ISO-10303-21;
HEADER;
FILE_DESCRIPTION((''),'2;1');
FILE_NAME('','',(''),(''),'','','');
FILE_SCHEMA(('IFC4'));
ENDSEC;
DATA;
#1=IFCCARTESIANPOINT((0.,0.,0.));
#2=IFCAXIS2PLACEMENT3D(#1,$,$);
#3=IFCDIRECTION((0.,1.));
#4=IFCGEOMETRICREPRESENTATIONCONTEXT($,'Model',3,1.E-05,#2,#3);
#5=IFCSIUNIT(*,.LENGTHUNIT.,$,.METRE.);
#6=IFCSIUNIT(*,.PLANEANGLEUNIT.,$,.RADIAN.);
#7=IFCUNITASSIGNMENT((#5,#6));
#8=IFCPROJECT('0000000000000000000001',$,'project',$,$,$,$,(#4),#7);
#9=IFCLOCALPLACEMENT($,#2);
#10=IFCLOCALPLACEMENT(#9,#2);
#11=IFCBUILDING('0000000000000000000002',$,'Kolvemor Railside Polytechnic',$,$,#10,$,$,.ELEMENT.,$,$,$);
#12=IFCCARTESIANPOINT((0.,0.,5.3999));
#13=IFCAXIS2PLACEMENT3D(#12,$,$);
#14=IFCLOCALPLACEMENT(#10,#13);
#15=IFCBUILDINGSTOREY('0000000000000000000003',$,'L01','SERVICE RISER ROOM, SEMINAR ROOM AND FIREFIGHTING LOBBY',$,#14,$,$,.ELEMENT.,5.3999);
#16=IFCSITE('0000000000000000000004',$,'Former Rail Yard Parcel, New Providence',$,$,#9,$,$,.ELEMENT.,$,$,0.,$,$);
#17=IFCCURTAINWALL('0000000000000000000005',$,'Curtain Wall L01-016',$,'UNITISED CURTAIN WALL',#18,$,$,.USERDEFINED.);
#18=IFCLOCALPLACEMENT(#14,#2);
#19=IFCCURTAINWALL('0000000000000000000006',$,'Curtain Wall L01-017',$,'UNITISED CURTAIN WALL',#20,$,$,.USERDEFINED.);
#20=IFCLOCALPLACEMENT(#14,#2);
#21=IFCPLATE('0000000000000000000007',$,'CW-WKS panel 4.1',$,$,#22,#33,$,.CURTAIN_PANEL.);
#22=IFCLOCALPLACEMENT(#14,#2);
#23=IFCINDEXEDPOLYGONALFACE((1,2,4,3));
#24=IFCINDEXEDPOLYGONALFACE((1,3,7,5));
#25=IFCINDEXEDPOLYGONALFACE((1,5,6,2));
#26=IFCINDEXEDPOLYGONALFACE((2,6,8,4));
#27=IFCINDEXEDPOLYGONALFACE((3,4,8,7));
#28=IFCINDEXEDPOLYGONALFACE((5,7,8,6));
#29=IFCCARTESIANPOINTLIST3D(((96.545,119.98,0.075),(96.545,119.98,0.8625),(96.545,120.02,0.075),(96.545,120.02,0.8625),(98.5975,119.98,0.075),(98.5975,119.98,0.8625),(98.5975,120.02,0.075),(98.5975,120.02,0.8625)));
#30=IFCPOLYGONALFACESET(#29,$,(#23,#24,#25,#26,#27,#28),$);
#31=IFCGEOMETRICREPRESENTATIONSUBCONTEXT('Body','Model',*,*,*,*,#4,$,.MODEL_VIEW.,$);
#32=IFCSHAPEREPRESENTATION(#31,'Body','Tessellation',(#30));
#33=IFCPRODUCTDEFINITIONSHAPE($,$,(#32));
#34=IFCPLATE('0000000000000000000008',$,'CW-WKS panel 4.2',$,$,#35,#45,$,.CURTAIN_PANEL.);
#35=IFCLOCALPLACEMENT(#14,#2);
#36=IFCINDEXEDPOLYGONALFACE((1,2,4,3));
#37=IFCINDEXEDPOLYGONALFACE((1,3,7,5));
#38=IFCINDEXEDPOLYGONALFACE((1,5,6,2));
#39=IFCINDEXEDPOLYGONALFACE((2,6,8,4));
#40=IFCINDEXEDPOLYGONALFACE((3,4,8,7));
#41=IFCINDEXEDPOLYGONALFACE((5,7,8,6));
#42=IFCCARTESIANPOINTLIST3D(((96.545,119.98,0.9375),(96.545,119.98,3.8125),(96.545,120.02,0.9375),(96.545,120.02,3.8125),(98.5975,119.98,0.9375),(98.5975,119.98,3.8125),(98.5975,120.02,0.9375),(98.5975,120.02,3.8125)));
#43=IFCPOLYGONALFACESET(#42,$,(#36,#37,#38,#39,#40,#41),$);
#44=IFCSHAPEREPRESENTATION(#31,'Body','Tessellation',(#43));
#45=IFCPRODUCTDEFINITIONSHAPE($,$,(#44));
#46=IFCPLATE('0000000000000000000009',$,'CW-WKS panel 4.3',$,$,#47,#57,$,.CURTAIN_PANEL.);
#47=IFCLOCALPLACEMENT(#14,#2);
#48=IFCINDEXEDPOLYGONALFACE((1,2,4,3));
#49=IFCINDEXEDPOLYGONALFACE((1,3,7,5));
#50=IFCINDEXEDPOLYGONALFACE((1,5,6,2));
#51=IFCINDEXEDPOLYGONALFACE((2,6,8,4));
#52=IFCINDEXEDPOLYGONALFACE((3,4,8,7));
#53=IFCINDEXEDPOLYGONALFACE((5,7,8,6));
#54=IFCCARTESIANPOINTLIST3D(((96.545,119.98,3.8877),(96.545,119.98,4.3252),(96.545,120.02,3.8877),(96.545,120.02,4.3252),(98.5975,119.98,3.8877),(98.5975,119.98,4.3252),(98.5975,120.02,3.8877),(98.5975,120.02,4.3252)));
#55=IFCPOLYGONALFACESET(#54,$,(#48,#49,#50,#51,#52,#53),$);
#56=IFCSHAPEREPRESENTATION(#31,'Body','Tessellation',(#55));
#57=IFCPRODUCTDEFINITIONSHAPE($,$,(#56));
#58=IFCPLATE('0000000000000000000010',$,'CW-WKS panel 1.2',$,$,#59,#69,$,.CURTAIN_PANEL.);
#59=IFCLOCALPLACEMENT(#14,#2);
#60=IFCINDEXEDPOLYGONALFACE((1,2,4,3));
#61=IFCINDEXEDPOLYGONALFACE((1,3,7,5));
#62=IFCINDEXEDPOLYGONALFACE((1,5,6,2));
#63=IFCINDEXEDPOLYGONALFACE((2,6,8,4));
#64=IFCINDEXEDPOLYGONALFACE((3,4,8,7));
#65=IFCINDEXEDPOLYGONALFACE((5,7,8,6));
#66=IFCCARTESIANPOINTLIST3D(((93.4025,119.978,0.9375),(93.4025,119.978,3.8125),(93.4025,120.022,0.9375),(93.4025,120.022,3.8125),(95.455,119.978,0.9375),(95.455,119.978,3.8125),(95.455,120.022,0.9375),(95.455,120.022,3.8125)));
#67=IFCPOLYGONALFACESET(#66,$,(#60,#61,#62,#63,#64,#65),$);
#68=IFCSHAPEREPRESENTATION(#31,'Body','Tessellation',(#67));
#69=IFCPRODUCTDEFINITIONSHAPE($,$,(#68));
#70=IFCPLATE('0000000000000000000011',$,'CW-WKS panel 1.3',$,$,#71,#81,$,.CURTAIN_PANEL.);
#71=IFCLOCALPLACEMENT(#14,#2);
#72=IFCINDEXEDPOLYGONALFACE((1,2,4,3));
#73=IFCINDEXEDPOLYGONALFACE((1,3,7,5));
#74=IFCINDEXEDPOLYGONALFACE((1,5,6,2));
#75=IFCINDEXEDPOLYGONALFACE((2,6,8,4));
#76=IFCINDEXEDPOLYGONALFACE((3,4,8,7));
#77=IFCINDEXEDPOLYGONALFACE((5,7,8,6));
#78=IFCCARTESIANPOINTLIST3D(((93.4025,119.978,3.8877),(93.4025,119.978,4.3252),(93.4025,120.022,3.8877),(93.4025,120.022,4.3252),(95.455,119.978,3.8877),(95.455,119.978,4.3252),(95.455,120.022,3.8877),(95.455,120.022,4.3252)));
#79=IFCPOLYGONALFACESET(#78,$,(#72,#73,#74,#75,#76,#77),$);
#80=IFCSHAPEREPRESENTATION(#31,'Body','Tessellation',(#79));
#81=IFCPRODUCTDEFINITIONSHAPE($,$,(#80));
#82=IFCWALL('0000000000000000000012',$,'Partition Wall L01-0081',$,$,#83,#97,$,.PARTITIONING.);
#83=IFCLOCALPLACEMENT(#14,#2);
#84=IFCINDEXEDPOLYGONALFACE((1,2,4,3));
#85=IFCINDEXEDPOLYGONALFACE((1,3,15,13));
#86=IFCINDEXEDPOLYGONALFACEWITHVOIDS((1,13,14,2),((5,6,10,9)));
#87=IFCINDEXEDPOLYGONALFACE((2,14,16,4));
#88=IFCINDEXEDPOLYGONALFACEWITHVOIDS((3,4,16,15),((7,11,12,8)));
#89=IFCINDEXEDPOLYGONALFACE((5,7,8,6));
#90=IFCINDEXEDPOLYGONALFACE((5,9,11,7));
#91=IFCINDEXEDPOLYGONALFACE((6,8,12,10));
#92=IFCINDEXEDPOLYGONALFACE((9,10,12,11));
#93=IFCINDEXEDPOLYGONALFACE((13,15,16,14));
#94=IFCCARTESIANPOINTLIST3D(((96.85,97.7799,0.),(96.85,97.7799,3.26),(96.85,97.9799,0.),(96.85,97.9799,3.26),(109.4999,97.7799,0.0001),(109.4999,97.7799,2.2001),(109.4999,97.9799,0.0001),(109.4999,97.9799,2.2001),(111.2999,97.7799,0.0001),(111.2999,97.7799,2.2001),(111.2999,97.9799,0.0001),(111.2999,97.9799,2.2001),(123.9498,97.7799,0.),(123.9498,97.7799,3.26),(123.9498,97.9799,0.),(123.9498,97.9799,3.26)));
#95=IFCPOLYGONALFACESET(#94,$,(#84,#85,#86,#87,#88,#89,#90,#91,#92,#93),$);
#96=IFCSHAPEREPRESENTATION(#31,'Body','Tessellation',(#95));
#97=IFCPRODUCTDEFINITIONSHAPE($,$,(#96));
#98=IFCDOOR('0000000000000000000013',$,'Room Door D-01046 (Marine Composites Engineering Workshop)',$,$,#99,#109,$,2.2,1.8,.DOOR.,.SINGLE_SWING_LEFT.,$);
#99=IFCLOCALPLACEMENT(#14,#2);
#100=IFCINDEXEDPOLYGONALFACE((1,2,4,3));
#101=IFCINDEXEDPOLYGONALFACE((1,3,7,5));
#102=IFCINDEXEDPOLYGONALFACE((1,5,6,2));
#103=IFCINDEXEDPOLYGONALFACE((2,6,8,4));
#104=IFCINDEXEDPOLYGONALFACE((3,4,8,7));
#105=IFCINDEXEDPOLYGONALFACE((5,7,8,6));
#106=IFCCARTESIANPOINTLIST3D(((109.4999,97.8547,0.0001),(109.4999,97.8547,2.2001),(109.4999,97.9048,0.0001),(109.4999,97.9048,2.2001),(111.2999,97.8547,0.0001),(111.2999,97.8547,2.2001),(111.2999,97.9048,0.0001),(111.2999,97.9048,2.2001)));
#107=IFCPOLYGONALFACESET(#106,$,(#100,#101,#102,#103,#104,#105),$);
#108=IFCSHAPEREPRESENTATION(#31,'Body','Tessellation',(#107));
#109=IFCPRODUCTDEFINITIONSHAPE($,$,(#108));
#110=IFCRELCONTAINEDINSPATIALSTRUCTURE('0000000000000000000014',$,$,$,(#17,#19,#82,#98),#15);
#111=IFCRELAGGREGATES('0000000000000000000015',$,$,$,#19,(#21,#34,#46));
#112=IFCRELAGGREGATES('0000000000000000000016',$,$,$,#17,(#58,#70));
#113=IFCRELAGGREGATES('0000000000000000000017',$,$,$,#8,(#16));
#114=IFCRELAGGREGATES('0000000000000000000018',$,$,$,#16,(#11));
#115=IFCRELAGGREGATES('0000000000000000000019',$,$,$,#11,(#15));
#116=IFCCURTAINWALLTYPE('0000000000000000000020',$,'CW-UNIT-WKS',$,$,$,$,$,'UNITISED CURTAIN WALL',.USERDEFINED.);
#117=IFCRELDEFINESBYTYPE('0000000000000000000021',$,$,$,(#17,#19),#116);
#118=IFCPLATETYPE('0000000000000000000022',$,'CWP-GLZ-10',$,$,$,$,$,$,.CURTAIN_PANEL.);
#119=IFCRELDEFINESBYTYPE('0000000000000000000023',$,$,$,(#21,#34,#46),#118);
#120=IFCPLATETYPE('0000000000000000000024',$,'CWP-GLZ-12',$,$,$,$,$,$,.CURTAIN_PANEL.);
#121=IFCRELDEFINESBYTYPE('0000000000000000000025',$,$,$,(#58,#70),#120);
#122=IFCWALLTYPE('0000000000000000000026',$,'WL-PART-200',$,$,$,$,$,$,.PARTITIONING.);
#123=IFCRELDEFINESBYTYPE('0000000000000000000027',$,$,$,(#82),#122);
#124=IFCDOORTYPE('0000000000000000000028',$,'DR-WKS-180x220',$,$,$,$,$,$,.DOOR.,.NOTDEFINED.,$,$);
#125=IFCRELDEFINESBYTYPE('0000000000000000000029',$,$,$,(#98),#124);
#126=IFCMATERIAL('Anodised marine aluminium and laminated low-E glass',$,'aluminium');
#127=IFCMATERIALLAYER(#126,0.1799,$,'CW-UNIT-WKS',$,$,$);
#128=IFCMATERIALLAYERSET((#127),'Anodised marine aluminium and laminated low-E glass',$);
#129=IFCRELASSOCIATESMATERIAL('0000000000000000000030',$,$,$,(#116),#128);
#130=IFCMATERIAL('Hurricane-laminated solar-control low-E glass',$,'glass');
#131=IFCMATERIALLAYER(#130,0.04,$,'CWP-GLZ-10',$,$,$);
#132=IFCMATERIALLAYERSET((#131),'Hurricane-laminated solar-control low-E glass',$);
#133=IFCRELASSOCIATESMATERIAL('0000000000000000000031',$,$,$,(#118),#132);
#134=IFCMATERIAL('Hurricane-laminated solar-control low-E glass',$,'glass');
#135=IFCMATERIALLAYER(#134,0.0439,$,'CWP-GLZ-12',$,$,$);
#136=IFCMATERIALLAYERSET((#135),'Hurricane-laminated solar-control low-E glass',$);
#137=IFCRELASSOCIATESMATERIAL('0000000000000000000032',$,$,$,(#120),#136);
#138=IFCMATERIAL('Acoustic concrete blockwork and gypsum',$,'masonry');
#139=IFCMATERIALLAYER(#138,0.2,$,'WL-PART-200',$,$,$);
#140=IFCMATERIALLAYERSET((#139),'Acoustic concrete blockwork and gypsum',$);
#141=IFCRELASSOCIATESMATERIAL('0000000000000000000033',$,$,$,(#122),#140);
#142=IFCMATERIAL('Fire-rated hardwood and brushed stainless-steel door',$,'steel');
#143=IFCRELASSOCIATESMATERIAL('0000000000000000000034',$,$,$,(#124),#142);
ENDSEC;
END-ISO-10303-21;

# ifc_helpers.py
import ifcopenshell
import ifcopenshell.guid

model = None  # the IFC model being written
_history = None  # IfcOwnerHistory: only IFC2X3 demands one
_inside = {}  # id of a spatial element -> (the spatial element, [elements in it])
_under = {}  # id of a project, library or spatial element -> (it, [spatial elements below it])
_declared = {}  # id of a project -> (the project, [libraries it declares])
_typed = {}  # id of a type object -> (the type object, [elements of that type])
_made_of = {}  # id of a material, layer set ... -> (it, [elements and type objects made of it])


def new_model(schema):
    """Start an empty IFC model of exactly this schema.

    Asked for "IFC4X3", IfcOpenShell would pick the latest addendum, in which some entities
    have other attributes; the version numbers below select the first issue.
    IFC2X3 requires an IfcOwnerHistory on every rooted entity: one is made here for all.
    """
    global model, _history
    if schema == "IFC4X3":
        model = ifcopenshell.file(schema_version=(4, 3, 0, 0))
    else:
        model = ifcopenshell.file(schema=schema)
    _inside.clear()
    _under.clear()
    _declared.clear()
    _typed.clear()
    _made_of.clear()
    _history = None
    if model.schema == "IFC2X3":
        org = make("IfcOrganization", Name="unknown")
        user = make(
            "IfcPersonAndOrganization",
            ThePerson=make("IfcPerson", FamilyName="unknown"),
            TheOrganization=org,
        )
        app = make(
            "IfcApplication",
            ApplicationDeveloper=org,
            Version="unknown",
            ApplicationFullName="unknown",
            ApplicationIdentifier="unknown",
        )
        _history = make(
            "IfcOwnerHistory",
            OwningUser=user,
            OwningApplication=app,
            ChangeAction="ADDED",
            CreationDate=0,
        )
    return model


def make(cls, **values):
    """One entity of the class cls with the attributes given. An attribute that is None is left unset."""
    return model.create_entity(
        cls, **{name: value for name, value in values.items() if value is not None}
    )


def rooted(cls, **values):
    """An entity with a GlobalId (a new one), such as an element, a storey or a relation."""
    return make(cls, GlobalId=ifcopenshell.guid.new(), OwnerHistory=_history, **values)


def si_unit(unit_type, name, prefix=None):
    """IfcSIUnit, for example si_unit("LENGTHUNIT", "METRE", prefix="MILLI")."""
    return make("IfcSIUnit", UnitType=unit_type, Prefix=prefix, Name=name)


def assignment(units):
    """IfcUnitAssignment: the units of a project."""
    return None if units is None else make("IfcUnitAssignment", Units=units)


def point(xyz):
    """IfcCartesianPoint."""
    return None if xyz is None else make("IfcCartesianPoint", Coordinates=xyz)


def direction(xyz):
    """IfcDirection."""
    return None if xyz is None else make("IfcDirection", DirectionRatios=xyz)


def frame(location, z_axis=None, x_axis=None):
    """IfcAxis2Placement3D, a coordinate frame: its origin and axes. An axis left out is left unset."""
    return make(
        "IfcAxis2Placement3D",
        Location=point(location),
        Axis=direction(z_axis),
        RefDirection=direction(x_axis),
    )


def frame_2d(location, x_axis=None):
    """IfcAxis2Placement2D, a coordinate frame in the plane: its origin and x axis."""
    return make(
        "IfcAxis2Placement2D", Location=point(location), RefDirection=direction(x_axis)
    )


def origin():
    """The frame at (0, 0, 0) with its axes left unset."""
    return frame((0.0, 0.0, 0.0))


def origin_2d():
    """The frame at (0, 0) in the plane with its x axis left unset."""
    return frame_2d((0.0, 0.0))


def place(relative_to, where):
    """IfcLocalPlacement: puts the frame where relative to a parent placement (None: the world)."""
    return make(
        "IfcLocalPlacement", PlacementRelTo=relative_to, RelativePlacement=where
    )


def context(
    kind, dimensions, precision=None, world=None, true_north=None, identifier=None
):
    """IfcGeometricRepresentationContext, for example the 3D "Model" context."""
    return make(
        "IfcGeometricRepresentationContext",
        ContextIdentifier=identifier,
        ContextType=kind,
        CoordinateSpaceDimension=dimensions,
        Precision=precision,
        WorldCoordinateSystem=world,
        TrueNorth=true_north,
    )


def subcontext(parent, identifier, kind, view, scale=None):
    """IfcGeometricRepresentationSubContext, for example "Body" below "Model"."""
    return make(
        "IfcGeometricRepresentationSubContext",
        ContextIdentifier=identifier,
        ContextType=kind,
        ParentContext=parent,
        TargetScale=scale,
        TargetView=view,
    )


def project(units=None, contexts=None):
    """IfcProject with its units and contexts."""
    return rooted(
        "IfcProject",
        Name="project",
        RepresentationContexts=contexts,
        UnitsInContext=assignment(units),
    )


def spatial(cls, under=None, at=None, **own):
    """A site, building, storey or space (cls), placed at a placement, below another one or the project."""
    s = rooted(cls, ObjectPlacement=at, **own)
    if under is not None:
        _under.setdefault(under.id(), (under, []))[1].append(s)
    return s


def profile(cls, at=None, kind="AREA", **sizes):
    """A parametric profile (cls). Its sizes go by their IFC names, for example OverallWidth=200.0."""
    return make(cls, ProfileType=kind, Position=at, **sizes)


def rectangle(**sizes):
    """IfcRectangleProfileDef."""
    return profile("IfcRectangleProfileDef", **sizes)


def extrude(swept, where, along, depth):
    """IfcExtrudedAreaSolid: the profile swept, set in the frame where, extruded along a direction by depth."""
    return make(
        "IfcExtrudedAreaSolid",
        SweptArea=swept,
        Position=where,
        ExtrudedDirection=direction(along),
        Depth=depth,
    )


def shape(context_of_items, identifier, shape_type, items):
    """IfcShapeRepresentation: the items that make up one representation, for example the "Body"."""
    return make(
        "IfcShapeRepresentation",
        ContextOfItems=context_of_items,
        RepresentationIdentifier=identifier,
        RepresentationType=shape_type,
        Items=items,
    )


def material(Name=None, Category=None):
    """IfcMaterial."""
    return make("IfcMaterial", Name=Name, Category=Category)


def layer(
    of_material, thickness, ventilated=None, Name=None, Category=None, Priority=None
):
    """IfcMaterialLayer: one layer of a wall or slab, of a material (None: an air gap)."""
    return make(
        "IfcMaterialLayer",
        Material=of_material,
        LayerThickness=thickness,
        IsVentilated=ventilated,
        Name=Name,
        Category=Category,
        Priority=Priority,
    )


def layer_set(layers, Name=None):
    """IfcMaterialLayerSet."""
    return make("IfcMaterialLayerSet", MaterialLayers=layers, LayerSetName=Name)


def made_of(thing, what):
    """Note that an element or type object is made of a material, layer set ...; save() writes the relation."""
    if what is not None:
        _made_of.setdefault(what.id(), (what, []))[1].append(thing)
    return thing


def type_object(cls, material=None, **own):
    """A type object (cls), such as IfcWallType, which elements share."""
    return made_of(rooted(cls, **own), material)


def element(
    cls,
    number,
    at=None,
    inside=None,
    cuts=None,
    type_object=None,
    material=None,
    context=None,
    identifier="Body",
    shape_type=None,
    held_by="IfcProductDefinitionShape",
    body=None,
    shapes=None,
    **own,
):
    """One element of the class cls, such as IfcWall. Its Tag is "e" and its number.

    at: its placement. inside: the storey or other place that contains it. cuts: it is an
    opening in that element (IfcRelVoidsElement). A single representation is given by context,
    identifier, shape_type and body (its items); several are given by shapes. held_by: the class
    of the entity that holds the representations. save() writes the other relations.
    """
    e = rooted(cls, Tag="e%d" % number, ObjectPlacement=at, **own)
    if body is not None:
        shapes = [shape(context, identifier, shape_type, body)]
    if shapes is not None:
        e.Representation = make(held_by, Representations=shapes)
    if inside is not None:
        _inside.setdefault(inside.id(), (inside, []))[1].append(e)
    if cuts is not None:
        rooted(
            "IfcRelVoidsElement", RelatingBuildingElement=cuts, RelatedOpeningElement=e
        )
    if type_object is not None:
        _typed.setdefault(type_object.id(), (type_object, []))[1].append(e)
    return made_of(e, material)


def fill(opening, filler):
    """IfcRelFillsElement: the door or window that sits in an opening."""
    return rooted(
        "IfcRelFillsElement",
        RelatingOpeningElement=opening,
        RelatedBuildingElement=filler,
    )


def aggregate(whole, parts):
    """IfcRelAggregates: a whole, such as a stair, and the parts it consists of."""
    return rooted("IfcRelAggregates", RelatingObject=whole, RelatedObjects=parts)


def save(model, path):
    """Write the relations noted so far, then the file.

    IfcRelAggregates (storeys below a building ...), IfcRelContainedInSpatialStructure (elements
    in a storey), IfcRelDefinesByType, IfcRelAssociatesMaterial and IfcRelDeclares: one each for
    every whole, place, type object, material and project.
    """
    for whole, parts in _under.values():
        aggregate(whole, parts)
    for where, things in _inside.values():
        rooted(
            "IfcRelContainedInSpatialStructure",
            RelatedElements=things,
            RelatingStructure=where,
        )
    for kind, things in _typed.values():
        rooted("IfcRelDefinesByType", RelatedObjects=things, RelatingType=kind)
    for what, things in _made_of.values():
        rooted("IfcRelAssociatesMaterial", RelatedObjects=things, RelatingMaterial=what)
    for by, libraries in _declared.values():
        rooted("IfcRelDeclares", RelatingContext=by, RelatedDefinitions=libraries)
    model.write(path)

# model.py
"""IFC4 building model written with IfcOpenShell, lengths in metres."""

from ifc_helpers import new_model, si_unit, direction, frame, frame_2d, origin, origin_2d, place, context, subcontext, project, spatial, rectangle, extrude, material, layer, layer_set, type_object, element, fill, aggregate, save


model = new_model("IFC4")

# Units and contexts
model_context = context("Model", 3, precision=1e-05, world=origin(), true_north=direction((0.0, 1.0)))
body_context = subcontext(model_context, "Body", "Model", "MODEL_VIEW")
ifc_project = project(units=[si_unit("LENGTHUNIT", "METRE"), si_unit("PLANEANGLEUNIT", "RADIAN")], contexts=[model_context])

# Site, building, storey
site_placement = place(None, origin())
site = spatial("IfcSite", under=ifc_project, at=site_placement, Name="Former Rail Yard Parcel, New Providence", CompositionType="ELEMENT", RefElevation=0.0)
building_placement = place(site_placement, origin())
building = spatial("IfcBuilding", under=site, at=building_placement, Name="Kolvemor Railside Polytechnic", CompositionType="ELEMENT")
storey_placement = place(building_placement, frame((0.0, 0.0, 5.3999)))
storey = spatial("IfcBuildingStorey", under=building, at=storey_placement, Name="L01", Description="SERVICE RISER ROOM, SEMINAR ROOM AND FIREFIGHTING LOBBY", CompositionType="ELEMENT", Elevation=5.3999)

# Curtain wall
ifc_material_1 = material(Name="Anodised marine aluminium and laminated low-E glass", Category="aluminium")
ifc_layer_1 = layer(ifc_material_1, 0.1799, Name="CW-UNIT-WKS")
ifc_layer_set_1 = layer_set([ifc_layer_1], Name="Anodised marine aluminium and laminated low-E glass")
curtain_wall_type = type_object("IfcCurtainWallType", Name="CW-UNIT-WKS", ElementType="UNITISED CURTAIN WALL", PredefinedType="USERDEFINED", material=ifc_layer_set_1)
curtain_wall_1_placement = place(storey_placement, origin())
curtain_wall_1 = element("IfcCurtainWall", 1, at=curtain_wall_1_placement, inside=storey, type_object=curtain_wall_type, Name="Curtain Wall L01-016", ObjectType="UNITISED CURTAIN WALL", PredefinedType="USERDEFINED")

# Curtain wall
curtain_wall_2_placement = place(storey_placement, origin())
curtain_wall_2 = element("IfcCurtainWall", 2, at=curtain_wall_2_placement, inside=storey, type_object=curtain_wall_type, Name="Curtain Wall L01-017", ObjectType="UNITISED CURTAIN WALL", PredefinedType="USERDEFINED")

# Plates
ifc_material_2 = material(Name="Hurricane-laminated solar-control low-E glass", Category="glass")
ifc_layer_2 = layer(ifc_material_2, 0.04, Name="CWP-GLZ-10")
ifc_layer_set_2 = layer_set([ifc_layer_2], Name="Hurricane-laminated solar-control low-E glass")
plate_type_1 = type_object("IfcPlateType", Name="CWP-GLZ-10", PredefinedType="CURTAIN_PANEL", material=ifc_layer_set_2)
plate_1_placement = place(storey_placement, frame((97.5713, 120.0, 0.075), z_axis=(0.0, 0.0, 1.0), x_axis=(-1.0, 0.0, 0.0)))
plate_1 = element("IfcPlate", 3, at=plate_1_placement, type_object=plate_type_1, Name="CW-WKS panel 4.1", PredefinedType="CURTAIN_PANEL", context=body_context, shape_type="SweptSolid", body=[
    extrude(rectangle(XDim=2.0525, YDim=0.04, at=origin_2d()), origin(), (0.0, 0.0, 1.0), 0.7876),
])
plate_2_placement = place(storey_placement, frame((97.5713, 120.0, 0.9375), z_axis=(0.0, 0.0, 1.0), x_axis=(-1.0, 0.0, 0.0)))
plate_2 = element("IfcPlate", 4, at=plate_2_placement, type_object=plate_type_1, Name="CW-WKS panel 4.2", PredefinedType="CURTAIN_PANEL", context=body_context, shape_type="SweptSolid", body=[
    extrude(rectangle(XDim=2.0525, YDim=0.04, at=origin_2d()), origin(), (0.0, 0.0, 1.0), 2.875),
])
plate_3_placement = place(storey_placement, frame((97.5713, 120.0, 3.8877), z_axis=(0.0, 0.0, 1.0), x_axis=(-1.0, 0.0, 0.0)))
plate_3 = element("IfcPlate", 5, at=plate_3_placement, type_object=plate_type_1, Name="CW-WKS panel 4.3", PredefinedType="CURTAIN_PANEL", context=body_context, shape_type="SweptSolid", body=[
    extrude(rectangle(XDim=2.0525, YDim=0.04, at=origin_2d()), origin(), (0.0, 0.0, 1.0), 0.4375),
])
aggregate(curtain_wall_2, [plate_1, plate_2, plate_3])
ifc_material_3 = material(Name="Hurricane-laminated solar-control low-E glass", Category="glass")
ifc_layer_3 = layer(ifc_material_3, 0.0439, Name="CWP-GLZ-12")
ifc_layer_set_3 = layer_set([ifc_layer_3], Name="Hurricane-laminated solar-control low-E glass")
plate_type_2 = type_object("IfcPlateType", Name="CWP-GLZ-12", PredefinedType="CURTAIN_PANEL", material=ifc_layer_set_3)
plate_4_placement = place(storey_placement, frame((94.4287, 120.0, 0.9375), z_axis=(0.0, 0.0, 1.0), x_axis=(-1.0, 0.0, 0.0)))
plate_4 = element("IfcPlate", 6, at=plate_4_placement, type_object=plate_type_2, Name="CW-WKS panel 1.2", PredefinedType="CURTAIN_PANEL", context=body_context, shape_type="SweptSolid", body=[
    extrude(rectangle(XDim=2.0525, YDim=0.0439, at=origin_2d()), origin(), (0.0, 0.0, 1.0), 2.875),
])
plate_5_placement = place(storey_placement, frame((94.4287, 120.0, 3.8877), z_axis=(0.0, 0.0, 1.0), x_axis=(-1.0, 0.0, 0.0)))
plate_5 = element("IfcPlate", 7, at=plate_5_placement, type_object=plate_type_2, Name="CW-WKS panel 1.3", PredefinedType="CURTAIN_PANEL", context=body_context, shape_type="SweptSolid", body=[
    extrude(rectangle(XDim=2.0525, YDim=0.0439, at=origin_2d()), origin(), (0.0, 0.0, 1.0), 0.4375),
])
aggregate(curtain_wall_1, [plate_4, plate_5])

# Wall, opening, door
ifc_material_4 = material(Name="Acoustic concrete blockwork and gypsum", Category="masonry")
ifc_layer_4 = layer(ifc_material_4, 0.2, Name="WL-PART-200")
ifc_layer_set_4 = layer_set([ifc_layer_4], Name="Acoustic concrete blockwork and gypsum")
wall_type = type_object("IfcWallType", Name="WL-PART-200", PredefinedType="PARTITIONING", material=ifc_layer_set_4)
wall_placement = place(storey_placement, frame((96.8501, 97.8799, 0.0), z_axis=(0.0, 0.0, 1.0), x_axis=(1.0, 0.0, 0.0)))
wall = element("IfcWall", 8, at=wall_placement, inside=storey, type_object=wall_type, Name="Partition Wall L01-0081", PredefinedType="PARTITIONING", context=body_context, shape_type="SweptSolid", body=[
    extrude(rectangle(XDim=27.0999, YDim=0.2, at=frame_2d((13.5498, 0.0))), origin(), (0.0, 0.0, 1.0), 3.26),
])
opening_placement = place(wall_placement, frame((12.6499, 0.0, 0.0)))
opening = element("IfcOpeningElement", 9, at=opening_placement, cuts=wall, PredefinedType="OPENING", context=body_context, shape_type="SweptSolid", body=[
    extrude(rectangle(XDim=1.8, YDim=2.2, at=frame_2d((0.8999, 1.1001))), frame((0.0, 0.1099, 0.0), z_axis=(0.0, -1.0, 0.0), x_axis=(1.0, 0.0, 0.0)), (0.0, 0.0, 1.0), 0.22),
])
ifc_material_5 = material(Name="Fire-rated hardwood and brushed stainless-steel door", Category="steel")
door_type = type_object("IfcDoorType", Name="DR-WKS-180x220", OperationType="NOTDEFINED", PredefinedType="DOOR", material=ifc_material_5)
door_placement = place(opening_placement, origin())
door = element("IfcDoor", 10, at=door_placement, inside=storey, type_object=door_type, Name="Room Door D-01046 (Marine Composites Engineering Workshop)", OperationType="SINGLE_SWING_LEFT", OverallHeight=2.2, OverallWidth=1.8, PredefinedType="DOOR", context=body_context, shape_type="SweptSolid", body=[
    extrude(rectangle(XDim=1.8, YDim=2.2, at=frame_2d((0.8999, 1.1001))), frame((0.0, 0.0249, 0.0), z_axis=(0.0, -1.0, 0.0), x_axis=(1.0, 0.0, 0.0)), (0.0, 0.0, 1.0), 0.05),
])
fill(opening, door)

save(model, "model.ifc")
